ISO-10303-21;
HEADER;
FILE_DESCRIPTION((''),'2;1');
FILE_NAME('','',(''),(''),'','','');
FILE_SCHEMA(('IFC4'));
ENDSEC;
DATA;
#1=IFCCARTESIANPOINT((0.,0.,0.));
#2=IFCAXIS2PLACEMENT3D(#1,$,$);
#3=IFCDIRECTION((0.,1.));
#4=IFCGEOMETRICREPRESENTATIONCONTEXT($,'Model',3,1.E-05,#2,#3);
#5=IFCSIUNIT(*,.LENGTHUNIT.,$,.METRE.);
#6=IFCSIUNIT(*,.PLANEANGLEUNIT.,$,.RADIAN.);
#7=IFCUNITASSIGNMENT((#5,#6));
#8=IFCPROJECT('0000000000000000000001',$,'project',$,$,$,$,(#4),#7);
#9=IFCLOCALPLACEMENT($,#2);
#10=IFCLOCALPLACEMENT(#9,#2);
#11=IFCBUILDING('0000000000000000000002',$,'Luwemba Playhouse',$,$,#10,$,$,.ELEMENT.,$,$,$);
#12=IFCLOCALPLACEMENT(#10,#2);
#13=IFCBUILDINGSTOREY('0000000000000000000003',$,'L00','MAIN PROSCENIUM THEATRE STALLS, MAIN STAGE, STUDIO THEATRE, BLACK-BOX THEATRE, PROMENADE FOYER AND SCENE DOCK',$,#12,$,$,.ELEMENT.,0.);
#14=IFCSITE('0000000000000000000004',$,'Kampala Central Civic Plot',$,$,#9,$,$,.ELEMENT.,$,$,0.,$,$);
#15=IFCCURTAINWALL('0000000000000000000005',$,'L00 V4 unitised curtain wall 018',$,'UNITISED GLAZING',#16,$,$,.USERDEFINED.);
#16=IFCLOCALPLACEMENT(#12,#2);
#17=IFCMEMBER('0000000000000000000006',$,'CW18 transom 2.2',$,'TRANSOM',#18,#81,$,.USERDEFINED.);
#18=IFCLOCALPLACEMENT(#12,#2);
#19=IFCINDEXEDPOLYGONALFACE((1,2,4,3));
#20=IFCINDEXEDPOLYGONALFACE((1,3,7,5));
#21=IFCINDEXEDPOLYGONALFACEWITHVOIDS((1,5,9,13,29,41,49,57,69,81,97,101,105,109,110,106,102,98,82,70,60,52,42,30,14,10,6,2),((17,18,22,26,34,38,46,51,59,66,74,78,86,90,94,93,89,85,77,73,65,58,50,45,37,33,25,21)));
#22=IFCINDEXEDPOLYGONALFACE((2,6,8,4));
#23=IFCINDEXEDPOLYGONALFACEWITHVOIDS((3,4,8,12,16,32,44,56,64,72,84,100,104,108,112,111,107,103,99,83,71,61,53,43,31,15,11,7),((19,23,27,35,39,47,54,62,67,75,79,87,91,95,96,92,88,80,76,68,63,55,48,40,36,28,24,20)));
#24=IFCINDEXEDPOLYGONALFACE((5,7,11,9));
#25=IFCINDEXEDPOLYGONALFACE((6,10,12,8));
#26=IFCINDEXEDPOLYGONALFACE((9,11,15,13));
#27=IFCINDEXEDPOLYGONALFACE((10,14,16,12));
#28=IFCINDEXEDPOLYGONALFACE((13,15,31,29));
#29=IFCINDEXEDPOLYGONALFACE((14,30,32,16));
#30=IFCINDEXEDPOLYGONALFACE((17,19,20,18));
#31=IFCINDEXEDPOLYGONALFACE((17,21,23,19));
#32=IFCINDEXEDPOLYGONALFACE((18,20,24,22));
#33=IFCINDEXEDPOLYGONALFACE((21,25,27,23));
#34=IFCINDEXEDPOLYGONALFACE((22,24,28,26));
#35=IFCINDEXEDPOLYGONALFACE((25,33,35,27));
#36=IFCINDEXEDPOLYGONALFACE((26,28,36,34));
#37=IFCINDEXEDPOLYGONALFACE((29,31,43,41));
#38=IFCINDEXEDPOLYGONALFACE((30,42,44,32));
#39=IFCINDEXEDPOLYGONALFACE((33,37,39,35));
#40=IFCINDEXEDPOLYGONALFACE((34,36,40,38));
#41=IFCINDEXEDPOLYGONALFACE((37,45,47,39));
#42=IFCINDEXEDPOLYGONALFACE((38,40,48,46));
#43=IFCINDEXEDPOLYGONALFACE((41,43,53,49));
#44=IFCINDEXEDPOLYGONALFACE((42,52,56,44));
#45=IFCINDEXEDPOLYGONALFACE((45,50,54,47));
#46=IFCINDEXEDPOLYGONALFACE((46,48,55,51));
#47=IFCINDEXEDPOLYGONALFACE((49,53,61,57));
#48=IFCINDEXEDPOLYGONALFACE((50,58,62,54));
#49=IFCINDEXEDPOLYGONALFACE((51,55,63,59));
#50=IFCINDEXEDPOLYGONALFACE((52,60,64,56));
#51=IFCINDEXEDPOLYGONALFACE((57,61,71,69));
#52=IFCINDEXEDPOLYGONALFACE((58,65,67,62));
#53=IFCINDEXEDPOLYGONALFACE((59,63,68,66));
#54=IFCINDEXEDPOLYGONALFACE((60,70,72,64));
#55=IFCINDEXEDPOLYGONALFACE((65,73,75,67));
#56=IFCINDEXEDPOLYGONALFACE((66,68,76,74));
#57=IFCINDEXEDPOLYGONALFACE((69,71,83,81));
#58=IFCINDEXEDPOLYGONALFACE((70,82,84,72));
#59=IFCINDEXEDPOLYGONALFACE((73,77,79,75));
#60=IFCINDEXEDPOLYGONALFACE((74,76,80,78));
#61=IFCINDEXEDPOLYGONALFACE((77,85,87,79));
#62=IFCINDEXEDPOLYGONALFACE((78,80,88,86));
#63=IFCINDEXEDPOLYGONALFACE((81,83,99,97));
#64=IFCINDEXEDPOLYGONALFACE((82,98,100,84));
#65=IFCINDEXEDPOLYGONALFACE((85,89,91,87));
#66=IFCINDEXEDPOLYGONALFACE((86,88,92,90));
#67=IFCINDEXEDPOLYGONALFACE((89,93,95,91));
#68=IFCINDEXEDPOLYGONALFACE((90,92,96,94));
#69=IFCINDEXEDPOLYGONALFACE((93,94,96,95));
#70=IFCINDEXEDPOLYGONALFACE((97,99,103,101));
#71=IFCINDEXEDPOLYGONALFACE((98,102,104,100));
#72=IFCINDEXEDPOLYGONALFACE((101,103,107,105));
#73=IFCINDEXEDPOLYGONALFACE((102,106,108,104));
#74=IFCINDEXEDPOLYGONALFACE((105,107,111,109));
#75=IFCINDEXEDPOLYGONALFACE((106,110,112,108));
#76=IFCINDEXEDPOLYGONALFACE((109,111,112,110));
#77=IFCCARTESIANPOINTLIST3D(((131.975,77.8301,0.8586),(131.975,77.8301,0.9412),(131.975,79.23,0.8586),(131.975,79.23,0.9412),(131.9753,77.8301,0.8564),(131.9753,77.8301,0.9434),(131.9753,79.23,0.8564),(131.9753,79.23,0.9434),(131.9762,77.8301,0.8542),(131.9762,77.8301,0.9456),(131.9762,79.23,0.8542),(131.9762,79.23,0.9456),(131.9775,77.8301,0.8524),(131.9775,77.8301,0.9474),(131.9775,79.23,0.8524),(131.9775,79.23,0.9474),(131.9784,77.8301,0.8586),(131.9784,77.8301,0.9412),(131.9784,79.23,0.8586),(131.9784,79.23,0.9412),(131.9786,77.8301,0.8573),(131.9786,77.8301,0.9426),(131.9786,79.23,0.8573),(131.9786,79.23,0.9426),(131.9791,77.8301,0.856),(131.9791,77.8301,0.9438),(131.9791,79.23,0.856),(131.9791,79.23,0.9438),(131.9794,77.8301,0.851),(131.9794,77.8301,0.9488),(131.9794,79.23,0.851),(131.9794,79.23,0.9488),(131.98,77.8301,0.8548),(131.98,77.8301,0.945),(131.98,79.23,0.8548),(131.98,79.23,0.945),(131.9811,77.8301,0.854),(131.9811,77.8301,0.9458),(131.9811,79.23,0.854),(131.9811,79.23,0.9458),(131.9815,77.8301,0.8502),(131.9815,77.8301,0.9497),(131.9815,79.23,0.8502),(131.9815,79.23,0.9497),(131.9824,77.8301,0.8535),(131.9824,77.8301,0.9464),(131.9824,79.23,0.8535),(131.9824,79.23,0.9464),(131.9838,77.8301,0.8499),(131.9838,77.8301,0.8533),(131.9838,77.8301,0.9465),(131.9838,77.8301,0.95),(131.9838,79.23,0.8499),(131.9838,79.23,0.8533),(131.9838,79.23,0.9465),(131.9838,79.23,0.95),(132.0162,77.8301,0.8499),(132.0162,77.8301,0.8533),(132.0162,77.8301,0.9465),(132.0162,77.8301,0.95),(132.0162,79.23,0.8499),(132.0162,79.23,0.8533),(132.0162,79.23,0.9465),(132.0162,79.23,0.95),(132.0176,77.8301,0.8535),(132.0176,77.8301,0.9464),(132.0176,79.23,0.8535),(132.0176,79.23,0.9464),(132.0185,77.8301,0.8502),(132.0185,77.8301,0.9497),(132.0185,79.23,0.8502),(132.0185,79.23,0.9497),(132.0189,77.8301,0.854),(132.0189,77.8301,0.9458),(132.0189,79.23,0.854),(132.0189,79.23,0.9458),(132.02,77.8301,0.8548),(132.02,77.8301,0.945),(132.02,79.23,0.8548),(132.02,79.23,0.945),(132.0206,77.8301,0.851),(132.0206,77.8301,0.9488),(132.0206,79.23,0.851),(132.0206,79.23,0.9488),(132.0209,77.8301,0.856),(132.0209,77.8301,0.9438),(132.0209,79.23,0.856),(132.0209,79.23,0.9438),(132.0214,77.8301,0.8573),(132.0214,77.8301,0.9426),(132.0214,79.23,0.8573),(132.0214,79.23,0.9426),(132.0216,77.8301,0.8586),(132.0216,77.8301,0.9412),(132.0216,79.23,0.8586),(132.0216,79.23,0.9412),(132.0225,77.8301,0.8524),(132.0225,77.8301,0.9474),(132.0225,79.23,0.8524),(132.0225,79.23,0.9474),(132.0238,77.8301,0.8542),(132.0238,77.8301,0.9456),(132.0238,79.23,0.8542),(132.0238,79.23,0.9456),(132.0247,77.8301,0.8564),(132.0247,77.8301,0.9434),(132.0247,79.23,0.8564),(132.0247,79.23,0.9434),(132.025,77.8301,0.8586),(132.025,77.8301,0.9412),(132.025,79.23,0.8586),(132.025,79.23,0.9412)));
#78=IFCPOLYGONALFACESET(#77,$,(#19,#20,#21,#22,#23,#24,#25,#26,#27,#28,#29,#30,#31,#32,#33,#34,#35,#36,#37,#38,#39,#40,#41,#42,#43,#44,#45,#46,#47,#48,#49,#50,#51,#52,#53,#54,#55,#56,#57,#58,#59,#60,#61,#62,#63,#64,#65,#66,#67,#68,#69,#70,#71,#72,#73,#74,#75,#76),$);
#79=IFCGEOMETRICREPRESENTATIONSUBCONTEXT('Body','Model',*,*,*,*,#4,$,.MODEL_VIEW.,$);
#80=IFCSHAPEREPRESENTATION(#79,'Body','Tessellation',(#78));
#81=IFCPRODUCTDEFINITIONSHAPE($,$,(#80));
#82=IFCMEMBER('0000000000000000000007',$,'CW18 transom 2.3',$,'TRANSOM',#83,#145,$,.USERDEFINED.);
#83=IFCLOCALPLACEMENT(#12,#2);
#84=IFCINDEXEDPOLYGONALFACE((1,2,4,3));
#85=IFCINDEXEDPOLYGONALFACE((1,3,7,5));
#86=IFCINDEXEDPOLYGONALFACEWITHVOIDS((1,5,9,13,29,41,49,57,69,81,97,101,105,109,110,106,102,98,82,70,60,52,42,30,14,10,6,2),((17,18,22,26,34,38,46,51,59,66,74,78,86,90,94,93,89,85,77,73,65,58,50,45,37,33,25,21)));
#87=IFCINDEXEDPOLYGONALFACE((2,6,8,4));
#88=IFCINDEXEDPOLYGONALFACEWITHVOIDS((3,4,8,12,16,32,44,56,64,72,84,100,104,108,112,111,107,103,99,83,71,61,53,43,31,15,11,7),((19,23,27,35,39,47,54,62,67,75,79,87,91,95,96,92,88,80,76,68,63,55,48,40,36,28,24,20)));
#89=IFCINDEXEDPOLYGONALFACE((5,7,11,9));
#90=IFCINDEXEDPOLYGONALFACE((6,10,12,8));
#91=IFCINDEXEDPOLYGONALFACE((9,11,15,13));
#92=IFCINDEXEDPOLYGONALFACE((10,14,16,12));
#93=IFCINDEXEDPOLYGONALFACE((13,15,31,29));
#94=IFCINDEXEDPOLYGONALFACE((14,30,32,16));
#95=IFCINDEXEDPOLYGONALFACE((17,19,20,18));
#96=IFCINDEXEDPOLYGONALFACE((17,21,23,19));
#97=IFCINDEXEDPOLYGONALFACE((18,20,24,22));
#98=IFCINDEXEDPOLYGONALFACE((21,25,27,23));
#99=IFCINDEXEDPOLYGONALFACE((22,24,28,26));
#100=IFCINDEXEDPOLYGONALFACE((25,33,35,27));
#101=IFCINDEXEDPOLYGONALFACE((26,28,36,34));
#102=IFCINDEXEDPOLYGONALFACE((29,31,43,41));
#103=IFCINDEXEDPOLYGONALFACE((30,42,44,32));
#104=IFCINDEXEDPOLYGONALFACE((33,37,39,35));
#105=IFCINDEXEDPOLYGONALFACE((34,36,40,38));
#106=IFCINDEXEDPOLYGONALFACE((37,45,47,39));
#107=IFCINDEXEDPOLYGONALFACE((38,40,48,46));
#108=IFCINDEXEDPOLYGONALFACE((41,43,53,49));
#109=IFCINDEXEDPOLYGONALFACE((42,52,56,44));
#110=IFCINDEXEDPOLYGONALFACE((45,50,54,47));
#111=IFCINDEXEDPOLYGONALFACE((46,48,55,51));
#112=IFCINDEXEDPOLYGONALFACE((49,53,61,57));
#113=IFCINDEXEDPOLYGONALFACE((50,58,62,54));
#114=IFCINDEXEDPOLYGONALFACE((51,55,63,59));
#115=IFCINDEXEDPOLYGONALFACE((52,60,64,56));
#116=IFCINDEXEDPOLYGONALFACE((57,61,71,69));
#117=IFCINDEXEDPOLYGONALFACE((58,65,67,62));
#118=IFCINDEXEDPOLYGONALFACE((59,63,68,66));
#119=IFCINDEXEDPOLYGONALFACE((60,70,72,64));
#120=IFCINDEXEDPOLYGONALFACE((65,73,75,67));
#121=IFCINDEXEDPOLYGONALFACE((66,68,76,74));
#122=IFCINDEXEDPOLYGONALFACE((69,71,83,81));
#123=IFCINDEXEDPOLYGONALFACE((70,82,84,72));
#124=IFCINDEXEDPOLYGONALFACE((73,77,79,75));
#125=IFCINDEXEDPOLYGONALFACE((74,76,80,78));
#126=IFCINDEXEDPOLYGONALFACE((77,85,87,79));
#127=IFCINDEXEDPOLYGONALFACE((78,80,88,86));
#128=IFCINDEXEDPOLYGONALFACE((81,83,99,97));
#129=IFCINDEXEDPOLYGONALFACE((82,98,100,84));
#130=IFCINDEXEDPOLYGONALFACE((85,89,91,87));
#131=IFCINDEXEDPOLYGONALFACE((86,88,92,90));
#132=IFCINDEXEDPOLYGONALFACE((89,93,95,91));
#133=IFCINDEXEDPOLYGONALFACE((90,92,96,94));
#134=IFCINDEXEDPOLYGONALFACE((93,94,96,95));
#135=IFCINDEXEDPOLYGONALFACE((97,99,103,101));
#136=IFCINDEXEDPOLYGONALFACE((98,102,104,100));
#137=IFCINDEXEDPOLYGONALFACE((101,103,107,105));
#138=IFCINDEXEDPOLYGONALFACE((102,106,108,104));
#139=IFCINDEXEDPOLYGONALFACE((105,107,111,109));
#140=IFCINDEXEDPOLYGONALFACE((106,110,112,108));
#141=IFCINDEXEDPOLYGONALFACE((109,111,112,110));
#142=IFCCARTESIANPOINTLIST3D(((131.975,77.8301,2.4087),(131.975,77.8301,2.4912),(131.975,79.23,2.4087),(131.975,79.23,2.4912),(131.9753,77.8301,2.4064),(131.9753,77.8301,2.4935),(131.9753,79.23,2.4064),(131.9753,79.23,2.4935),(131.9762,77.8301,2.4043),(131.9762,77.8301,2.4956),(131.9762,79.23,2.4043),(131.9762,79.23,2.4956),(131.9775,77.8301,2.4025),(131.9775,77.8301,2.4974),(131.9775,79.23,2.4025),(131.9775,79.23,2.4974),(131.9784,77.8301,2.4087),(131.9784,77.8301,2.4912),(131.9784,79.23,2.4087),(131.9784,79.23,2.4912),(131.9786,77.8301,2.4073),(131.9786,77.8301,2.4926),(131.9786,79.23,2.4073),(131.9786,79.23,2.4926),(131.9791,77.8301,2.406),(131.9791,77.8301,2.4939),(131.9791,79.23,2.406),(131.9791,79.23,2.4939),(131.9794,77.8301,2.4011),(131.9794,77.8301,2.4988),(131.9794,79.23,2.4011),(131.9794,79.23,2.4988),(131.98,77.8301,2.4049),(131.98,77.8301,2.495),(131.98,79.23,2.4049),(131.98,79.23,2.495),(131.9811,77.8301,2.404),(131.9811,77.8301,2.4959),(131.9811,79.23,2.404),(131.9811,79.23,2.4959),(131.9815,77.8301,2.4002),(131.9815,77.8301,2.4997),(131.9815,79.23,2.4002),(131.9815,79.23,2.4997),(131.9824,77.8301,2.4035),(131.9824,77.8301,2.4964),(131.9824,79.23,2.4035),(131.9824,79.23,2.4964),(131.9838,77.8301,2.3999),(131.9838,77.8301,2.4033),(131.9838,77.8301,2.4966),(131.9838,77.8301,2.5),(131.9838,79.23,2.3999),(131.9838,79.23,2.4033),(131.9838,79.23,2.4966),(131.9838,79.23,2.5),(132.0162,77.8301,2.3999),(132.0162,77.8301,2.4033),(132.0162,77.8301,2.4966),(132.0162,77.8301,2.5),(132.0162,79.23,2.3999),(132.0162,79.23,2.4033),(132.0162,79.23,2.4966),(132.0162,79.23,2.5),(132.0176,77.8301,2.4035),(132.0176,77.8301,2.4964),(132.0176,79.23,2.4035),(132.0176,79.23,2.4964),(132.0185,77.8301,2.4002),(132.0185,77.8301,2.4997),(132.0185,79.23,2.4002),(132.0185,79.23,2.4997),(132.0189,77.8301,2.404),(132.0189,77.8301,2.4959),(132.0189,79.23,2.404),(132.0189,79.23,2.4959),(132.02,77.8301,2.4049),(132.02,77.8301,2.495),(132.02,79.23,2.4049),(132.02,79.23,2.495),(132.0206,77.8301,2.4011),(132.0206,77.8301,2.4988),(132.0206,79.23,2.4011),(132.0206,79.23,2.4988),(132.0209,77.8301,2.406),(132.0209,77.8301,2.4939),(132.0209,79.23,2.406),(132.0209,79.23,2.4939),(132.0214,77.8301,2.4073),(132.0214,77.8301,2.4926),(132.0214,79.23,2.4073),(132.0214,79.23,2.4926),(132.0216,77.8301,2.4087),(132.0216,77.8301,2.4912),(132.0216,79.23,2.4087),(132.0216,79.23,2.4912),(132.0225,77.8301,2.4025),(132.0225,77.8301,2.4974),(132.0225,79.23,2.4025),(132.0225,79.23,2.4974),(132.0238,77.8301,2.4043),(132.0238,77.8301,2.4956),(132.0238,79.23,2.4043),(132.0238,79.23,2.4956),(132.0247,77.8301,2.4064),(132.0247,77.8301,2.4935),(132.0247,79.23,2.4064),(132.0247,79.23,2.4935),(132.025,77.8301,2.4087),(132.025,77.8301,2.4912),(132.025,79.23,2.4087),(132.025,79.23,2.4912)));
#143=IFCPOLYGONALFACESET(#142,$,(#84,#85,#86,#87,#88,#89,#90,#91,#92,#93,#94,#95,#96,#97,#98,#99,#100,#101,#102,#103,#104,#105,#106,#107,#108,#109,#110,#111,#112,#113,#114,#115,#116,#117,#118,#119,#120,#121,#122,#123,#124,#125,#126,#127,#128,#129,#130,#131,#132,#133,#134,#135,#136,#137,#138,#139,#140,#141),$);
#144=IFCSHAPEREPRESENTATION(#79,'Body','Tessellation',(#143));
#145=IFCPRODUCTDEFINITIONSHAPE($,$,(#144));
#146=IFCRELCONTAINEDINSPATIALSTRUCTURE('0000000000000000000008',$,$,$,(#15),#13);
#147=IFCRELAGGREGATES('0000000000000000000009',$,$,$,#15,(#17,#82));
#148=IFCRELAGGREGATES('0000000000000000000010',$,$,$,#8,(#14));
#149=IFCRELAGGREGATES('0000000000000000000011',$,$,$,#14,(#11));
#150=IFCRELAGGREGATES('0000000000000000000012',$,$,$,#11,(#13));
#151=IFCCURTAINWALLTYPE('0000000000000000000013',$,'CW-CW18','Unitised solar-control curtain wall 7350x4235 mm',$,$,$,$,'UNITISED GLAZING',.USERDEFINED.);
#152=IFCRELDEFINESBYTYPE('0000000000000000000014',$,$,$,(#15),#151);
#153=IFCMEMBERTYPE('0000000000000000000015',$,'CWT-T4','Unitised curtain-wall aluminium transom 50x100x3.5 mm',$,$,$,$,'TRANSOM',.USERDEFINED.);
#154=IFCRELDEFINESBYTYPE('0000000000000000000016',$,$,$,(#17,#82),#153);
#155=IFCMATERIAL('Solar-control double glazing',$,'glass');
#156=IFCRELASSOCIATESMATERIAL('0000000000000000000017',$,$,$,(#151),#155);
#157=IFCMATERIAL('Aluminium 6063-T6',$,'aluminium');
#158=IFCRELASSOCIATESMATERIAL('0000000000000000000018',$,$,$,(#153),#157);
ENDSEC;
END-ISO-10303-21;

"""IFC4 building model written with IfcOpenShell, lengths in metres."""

from ifc_helpers import new_model, si_unit, direction, frame, origin, origin_2d, place, context, subcontext, project, spatial, hollow_rectangle, extrude, material, material_profile, profile_set, type_object, element, aggregate, save


model = new_model("IFC4")

# Units and contexts
model_context = context("Model", 3, precision=1e-05, world=origin(), true_north=direction((0.0, 1.0)))
body_context = subcontext(model_context, "Body", "Model", "MODEL_VIEW")
ifc_project = project(units=[si_unit("LENGTHUNIT", "METRE"), si_unit("PLANEANGLEUNIT", "RADIAN")], contexts=[model_context])

# Site, building, storey
site_placement = place(None, origin())
site = spatial("IfcSite", under=ifc_project, at=site_placement, Name="Kampala Central Civic Plot", CompositionType="ELEMENT", RefElevation=0.0)
building_placement = place(site_placement, origin())
building = spatial("IfcBuilding", under=site, at=building_placement, Name="Luwemba Playhouse", CompositionType="ELEMENT")
storey_placement = place(building_placement, origin())
storey = spatial("IfcBuildingStorey", under=building, at=storey_placement, Name="L00", Description="MAIN PROSCENIUM THEATRE STALLS, MAIN STAGE, STUDIO THEATRE, BLACK-BOX THEATRE, PROMENADE FOYER AND SCENE DOCK", CompositionType="ELEMENT", Elevation=0.0)

# Curtain wall, members
ifc_material_1 = material(Name="Solar-control double glazing", Category="glass")
curtain_wall_type = type_object("IfcCurtainWallType", Name="CW-CW18", Description="Unitised solar-control curtain wall 7350x4235 mm", ElementType="UNITISED GLAZING", PredefinedType="USERDEFINED", material=ifc_material_1)
curtain_wall_placement = place(storey_placement, origin())
curtain_wall = element("IfcCurtainWall", 1, at=curtain_wall_placement, inside=storey, type_object=curtain_wall_type, Name="L00 V4 unitised curtain wall 018", ObjectType="UNITISED GLAZING", PredefinedType="USERDEFINED")
ifc_material_2 = material(Name="Aluminium 6063-T6", Category="aluminium")
ifc_material_profile_1 = material_profile(ifc_material_2, hollow_rectangle(XDim=0.05, YDim=0.1001, WallThickness=0.0034, InnerFilletRadius=0.0054, OuterFilletRadius=0.0088, at=origin_2d()))
ifc_profile_set_1 = profile_set([ifc_material_profile_1], Name="Aluminium 6063-T6")
member_type_1 = type_object("IfcMemberType", Name="CWT-T4", Description="Unitised curtain-wall aluminium transom 50x100x3.5 mm", ElementType="TRANSOM", PredefinedType="USERDEFINED", material=ifc_profile_set_1)
member_1_placement = place(storey_placement, frame((132.0, 77.8301, 0.8999), z_axis=(0.0, 1.0, 0.0), x_axis=(-1.0, 0.0, 0.0)))
member_1 = element("IfcMember", 2, at=member_1_placement, type_object=member_type_1, Name="CW18 transom 2.2", ObjectType="TRANSOM", PredefinedType="USERDEFINED", context=body_context, shape_type="SweptSolid", body=[
    extrude(hollow_rectangle(XDim=0.05, YDim=0.1001, WallThickness=0.0034, InnerFilletRadius=0.0054, OuterFilletRadius=0.0088, at=origin_2d()), origin(), (0.0, 0.0, 1.0), 1.3999),
])
member_2_placement = place(storey_placement, frame((132.0, 77.8301, 2.45), z_axis=(0.0, 1.0, 0.0), x_axis=(-1.0, 0.0, 0.0)))
member_2 = element("IfcMember", 3, at=member_2_placement, type_object=member_type_1, Name="CW18 transom 2.3", ObjectType="TRANSOM", PredefinedType="USERDEFINED", context=body_context, shape_type="SweptSolid", body=[
    extrude(hollow_rectangle(XDim=0.05, YDim=0.1001, WallThickness=0.0034, InnerFilletRadius=0.0054, OuterFilletRadius=0.0088, at=origin_2d()), origin(), (0.0, 0.0, 1.0), 1.3999),
])
aggregate(curtain_wall, [member_1, member_2])

save(model, "model.ifc")
